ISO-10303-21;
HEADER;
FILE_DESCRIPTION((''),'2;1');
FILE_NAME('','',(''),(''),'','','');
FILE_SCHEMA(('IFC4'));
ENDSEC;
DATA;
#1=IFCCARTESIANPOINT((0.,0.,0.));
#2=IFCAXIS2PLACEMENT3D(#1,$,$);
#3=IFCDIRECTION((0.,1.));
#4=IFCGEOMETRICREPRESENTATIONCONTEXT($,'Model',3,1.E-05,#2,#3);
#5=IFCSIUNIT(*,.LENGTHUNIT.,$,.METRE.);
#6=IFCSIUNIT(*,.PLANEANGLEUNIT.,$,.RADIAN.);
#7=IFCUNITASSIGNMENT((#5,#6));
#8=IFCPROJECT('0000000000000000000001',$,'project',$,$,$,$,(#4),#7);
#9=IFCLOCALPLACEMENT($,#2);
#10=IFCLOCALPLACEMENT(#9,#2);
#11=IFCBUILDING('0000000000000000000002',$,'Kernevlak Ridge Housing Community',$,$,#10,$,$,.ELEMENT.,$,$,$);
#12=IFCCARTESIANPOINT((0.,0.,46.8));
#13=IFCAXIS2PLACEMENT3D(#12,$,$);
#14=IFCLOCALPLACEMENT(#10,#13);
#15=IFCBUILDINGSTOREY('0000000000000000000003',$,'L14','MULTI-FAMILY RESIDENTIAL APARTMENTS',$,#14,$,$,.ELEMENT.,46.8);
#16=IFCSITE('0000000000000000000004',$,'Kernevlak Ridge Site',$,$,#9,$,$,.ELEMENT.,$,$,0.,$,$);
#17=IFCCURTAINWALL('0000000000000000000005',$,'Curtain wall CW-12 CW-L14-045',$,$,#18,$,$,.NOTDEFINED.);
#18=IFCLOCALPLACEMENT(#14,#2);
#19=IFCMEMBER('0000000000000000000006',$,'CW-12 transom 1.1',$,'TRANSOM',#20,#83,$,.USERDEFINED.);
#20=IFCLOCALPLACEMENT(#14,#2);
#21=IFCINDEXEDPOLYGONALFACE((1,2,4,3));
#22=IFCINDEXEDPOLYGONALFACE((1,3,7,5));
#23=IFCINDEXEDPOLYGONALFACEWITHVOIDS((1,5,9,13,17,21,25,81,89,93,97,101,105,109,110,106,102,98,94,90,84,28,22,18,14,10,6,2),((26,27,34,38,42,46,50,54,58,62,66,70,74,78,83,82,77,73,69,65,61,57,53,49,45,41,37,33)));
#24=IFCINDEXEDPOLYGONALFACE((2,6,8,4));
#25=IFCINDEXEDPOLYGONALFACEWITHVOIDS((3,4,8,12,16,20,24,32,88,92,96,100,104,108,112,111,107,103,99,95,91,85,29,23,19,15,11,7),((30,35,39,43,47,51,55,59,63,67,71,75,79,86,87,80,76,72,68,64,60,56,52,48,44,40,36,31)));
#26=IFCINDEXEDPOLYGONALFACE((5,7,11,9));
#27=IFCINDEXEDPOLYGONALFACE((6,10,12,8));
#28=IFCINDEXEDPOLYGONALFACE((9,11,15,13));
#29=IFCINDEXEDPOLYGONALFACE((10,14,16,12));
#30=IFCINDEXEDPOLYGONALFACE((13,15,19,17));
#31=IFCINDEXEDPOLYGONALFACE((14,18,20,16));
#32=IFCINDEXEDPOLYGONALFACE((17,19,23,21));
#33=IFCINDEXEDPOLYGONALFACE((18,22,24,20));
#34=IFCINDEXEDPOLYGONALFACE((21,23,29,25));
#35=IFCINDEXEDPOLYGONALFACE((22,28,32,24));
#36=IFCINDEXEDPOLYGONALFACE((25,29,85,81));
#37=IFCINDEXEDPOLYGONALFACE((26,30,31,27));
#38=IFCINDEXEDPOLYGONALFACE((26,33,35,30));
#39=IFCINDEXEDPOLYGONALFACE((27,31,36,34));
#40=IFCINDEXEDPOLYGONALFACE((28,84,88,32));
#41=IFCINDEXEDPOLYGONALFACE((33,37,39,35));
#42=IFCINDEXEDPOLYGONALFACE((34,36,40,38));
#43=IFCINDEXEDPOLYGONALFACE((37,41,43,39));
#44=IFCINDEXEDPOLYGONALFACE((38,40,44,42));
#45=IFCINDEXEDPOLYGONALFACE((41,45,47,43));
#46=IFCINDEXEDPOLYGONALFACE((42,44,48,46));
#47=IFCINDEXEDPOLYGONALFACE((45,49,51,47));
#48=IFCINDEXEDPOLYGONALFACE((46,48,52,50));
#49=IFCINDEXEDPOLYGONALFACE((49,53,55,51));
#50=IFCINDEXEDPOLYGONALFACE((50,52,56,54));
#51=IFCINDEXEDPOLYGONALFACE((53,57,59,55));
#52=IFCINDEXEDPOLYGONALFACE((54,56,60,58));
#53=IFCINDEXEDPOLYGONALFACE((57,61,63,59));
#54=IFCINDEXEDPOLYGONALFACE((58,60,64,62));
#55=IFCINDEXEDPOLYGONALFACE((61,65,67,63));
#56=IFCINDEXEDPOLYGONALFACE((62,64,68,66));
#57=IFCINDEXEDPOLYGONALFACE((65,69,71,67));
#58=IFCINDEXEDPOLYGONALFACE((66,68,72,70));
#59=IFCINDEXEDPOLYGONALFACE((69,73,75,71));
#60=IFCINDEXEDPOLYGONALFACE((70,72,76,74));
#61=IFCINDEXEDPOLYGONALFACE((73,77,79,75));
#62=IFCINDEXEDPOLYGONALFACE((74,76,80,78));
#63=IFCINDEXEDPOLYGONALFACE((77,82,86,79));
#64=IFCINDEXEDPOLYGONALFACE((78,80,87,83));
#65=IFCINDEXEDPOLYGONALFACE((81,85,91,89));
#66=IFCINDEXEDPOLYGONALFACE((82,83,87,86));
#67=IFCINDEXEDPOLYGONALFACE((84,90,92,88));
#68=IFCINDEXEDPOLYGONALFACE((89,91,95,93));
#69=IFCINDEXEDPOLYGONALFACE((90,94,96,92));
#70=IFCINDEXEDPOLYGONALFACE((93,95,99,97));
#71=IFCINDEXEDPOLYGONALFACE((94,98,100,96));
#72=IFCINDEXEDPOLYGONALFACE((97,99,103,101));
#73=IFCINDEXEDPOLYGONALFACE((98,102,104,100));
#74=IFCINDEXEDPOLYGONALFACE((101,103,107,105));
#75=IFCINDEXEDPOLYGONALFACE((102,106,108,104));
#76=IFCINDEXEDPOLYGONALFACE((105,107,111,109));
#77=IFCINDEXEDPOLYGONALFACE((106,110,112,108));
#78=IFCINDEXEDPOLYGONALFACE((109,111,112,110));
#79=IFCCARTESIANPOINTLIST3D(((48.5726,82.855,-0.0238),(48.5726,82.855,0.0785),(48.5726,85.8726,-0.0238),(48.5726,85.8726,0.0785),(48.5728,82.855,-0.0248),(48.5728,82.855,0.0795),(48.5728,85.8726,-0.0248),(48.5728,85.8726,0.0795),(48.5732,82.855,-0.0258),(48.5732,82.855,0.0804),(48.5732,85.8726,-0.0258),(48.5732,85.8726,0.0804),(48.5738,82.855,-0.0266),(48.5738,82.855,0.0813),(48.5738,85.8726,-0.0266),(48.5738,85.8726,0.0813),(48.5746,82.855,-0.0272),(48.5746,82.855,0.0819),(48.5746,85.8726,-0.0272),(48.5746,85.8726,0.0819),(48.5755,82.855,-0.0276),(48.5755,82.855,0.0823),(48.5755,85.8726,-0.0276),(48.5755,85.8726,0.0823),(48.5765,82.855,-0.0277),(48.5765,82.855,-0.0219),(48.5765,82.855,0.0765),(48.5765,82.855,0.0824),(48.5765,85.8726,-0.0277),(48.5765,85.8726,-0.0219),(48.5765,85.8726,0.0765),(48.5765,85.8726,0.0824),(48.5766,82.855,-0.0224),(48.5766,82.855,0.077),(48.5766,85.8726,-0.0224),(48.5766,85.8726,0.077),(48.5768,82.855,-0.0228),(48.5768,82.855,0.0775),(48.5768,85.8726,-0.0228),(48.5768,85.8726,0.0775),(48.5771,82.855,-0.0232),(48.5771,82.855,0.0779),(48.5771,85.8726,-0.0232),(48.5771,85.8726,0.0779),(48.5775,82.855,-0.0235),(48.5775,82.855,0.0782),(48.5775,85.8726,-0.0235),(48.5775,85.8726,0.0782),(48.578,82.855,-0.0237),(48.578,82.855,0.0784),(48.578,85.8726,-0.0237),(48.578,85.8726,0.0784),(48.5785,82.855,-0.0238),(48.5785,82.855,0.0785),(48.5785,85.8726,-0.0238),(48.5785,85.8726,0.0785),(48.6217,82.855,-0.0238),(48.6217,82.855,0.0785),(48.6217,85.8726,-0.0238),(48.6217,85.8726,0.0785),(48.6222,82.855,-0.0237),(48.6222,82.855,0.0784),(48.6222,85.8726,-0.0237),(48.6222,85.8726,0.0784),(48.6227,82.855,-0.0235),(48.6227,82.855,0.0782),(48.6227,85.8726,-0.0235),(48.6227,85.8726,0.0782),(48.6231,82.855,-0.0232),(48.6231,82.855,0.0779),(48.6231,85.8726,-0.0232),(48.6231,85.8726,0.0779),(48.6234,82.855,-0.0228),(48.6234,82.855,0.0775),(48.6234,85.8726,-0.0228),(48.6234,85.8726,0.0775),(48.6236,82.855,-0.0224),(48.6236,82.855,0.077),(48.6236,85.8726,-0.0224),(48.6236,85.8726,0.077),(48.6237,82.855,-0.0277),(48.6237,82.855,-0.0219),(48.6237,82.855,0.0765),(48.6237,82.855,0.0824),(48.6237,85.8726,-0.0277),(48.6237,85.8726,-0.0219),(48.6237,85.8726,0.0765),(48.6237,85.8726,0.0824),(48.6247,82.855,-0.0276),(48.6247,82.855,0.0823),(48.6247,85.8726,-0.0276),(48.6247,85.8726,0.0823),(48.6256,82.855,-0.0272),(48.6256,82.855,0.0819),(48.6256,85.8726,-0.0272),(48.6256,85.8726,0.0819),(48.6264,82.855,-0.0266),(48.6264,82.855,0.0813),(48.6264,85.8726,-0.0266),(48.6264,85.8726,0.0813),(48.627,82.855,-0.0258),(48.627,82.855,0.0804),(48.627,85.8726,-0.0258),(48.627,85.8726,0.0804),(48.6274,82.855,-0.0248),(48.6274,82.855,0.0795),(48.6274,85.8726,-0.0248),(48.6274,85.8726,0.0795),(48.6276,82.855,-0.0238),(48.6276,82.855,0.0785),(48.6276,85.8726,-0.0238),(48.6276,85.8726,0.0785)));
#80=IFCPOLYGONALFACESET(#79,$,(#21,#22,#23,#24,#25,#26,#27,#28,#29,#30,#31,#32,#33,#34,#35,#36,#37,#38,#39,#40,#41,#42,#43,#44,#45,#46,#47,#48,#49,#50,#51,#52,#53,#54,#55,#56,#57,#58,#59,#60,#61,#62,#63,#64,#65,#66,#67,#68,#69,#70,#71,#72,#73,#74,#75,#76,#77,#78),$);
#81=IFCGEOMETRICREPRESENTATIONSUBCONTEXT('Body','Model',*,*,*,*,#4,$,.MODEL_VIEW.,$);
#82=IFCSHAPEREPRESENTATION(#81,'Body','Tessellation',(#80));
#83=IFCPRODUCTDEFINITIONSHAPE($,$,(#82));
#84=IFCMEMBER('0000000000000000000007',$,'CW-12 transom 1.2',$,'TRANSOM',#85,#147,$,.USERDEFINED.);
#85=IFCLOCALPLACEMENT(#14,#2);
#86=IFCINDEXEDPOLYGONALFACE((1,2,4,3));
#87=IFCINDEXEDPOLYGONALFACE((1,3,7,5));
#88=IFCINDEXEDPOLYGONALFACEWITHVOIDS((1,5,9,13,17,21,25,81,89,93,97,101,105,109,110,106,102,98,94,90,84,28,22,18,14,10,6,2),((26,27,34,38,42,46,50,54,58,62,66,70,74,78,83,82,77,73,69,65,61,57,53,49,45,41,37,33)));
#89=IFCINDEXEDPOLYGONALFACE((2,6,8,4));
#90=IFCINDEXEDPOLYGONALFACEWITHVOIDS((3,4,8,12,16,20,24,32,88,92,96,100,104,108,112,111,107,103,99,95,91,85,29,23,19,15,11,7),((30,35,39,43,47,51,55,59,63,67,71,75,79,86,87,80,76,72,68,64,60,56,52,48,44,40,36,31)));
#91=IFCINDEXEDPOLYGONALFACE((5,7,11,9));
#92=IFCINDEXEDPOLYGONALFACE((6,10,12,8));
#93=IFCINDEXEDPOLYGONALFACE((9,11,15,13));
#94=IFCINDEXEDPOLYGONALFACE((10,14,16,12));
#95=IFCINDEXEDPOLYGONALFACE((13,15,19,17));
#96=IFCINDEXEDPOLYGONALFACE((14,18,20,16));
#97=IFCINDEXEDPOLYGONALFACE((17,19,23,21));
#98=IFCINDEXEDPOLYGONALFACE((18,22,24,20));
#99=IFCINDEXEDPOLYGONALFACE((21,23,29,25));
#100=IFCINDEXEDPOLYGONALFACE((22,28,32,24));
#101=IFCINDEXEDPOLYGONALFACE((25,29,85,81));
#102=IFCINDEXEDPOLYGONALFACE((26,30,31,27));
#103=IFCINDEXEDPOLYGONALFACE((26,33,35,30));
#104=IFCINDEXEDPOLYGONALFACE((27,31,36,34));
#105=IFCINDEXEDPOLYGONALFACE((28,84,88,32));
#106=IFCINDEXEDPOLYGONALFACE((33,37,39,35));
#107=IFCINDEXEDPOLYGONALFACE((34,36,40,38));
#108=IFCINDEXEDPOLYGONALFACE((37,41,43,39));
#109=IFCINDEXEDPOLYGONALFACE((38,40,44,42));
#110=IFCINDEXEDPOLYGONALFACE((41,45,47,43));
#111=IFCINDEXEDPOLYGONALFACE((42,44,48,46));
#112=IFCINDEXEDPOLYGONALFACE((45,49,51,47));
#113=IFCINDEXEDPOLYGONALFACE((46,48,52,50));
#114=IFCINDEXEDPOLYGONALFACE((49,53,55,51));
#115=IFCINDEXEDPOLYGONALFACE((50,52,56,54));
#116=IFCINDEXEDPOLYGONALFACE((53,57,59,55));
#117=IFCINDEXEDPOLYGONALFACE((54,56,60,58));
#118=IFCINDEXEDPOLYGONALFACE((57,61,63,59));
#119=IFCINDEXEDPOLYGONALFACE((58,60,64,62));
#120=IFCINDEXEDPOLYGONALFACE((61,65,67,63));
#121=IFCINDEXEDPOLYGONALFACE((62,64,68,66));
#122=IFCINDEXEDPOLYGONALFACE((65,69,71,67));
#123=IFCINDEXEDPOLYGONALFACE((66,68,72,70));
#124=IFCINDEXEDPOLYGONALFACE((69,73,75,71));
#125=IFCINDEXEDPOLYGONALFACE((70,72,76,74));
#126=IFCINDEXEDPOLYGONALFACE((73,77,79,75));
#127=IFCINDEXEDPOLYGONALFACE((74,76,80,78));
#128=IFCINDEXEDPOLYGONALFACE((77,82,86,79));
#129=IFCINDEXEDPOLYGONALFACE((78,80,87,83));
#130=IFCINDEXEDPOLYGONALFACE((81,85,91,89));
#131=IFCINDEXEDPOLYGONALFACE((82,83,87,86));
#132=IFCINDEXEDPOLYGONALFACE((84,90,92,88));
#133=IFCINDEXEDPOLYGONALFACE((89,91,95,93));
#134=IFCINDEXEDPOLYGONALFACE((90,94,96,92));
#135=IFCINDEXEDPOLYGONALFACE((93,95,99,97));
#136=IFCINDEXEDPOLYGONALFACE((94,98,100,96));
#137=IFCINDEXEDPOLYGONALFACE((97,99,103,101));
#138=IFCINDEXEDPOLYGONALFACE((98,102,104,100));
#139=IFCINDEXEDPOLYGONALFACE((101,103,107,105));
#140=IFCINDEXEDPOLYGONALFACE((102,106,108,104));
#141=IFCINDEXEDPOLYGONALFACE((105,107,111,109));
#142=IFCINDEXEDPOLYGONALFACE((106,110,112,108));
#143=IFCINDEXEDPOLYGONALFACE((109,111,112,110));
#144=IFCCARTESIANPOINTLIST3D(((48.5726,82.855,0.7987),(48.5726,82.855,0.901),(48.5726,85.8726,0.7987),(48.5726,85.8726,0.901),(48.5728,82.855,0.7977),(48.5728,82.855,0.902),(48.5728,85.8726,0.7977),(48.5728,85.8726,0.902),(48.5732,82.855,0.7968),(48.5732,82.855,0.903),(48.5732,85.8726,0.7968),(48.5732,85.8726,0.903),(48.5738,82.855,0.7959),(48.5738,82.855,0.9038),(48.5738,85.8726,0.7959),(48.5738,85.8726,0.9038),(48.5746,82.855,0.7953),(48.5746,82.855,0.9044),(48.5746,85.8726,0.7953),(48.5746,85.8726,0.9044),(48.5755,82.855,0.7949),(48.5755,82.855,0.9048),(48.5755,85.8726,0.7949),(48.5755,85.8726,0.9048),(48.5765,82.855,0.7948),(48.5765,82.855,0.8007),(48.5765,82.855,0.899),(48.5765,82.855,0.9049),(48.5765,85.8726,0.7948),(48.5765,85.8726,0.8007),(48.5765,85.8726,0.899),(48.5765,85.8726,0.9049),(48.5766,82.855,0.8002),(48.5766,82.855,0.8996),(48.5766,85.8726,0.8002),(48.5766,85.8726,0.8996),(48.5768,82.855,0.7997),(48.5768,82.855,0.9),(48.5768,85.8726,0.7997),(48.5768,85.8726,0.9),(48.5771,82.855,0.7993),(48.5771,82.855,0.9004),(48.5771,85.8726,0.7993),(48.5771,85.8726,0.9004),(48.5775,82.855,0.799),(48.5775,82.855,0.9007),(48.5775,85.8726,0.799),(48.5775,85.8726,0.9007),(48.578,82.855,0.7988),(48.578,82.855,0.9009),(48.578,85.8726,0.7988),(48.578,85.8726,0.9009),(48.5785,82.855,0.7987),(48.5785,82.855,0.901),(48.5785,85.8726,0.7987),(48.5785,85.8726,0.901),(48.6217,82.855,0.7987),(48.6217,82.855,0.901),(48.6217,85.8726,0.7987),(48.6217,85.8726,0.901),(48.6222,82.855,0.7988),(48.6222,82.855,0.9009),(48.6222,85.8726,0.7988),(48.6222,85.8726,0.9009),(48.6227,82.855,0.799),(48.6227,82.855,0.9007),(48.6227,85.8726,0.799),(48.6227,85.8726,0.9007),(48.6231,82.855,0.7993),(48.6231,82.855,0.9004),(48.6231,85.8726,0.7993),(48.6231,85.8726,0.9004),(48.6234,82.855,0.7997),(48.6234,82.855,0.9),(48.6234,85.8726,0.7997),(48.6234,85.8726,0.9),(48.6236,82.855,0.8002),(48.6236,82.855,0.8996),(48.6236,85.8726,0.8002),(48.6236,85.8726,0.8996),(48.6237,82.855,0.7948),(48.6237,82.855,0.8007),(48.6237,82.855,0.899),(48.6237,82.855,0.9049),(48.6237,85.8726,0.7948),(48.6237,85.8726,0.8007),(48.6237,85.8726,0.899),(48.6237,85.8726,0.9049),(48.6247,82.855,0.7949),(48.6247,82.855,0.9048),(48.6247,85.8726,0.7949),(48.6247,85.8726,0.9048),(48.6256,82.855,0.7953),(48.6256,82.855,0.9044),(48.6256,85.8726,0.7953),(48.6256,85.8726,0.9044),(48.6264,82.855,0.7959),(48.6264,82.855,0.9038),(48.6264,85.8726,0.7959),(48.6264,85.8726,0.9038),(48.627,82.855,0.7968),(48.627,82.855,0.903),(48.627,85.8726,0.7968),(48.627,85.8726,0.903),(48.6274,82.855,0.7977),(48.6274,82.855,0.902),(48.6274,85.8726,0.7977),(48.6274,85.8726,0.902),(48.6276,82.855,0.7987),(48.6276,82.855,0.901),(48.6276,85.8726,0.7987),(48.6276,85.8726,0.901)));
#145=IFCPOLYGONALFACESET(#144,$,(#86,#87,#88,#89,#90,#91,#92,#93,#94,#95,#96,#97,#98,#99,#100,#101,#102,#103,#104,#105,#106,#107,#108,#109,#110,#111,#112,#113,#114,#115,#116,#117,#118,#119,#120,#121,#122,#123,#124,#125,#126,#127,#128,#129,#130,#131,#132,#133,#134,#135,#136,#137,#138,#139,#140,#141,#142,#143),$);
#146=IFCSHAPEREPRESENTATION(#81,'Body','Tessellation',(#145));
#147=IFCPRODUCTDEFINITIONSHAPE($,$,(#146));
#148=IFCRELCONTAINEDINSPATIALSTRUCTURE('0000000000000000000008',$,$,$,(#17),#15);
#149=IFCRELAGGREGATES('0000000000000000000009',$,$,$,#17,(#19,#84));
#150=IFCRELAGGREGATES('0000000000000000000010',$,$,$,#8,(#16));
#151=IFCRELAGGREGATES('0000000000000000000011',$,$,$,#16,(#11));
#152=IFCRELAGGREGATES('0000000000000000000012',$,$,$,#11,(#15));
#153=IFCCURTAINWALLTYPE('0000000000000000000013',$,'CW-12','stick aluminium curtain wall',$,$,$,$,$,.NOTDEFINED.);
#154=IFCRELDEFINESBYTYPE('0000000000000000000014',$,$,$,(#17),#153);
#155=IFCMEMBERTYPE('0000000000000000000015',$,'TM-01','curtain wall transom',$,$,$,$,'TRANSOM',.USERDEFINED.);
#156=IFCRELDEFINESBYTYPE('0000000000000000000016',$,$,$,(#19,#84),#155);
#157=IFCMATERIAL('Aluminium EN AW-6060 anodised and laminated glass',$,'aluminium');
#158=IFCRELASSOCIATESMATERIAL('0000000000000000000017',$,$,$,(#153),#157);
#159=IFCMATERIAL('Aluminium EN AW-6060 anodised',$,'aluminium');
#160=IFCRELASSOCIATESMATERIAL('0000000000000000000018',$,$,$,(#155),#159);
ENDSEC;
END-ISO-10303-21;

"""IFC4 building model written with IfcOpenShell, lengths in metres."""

from ifc_helpers import new_model, si_unit, direction, frame, origin, origin_2d, place, context, subcontext, project, spatial, hollow_rectangle, extrude, material, material_profile, profile_set, type_object, element, aggregate, save


model = new_model("IFC4")

# Units and contexts
model_context = context("Model", 3, precision=1e-05, world=origin(), true_north=direction((0.0, 1.0)))
body_context = subcontext(model_context, "Body", "Model", "MODEL_VIEW")
ifc_project = project(units=[si_unit("LENGTHUNIT", "METRE"), si_unit("PLANEANGLEUNIT", "RADIAN")], contexts=[model_context])

# Site, building, storey
site_placement = place(None, origin())
site = spatial("IfcSite", under=ifc_project, at=site_placement, Name="Kernevlak Ridge Site", CompositionType="ELEMENT", RefElevation=0.0)
building_placement = place(site_placement, origin())
building = spatial("IfcBuilding", under=site, at=building_placement, Name="Kernevlak Ridge Housing Community", CompositionType="ELEMENT")
storey_placement = place(building_placement, frame((0.0, 0.0, 46.8)))
storey = spatial("IfcBuildingStorey", under=building, at=storey_placement, Name="L14", Description="MULTI-FAMILY RESIDENTIAL APARTMENTS", CompositionType="ELEMENT", Elevation=46.8)

# Curtain wall
ifc_material_1 = material(Name="Aluminium EN AW-6060 anodised and laminated glass", Category="aluminium")
curtain_wall_type_1 = type_object("IfcCurtainWallType", Name="CW-12", Description="stick aluminium curtain wall", PredefinedType="NOTDEFINED", material=ifc_material_1)
curtain_wall_1_placement = place(storey_placement, origin())
curtain_wall_1 = element("IfcCurtainWall", 1, at=curtain_wall_1_placement, inside=storey, type_object=curtain_wall_type_1, Name="Curtain wall CW-12 CW-L14-045", PredefinedType="NOTDEFINED")
ifc_material_2 = material(Name="Aluminium EN AW-6060 anodised", Category="aluminium")

# Members
ifc_material_profile_1 = material_profile(ifc_material_2, hollow_rectangle(XDim=0.0549, YDim=0.1101, WallThickness=0.0039, InnerFilletRadius=0.002, OuterFilletRadius=0.0039, at=origin_2d()), Name="ALU 55x110x4")
ifc_profile_set_1 = profile_set([ifc_material_profile_1], Name="Aluminium EN AW-6060 anodised")
member_type_1 = type_object("IfcMemberType", Name="TM-01", Description="curtain wall transom", ElementType="TRANSOM", PredefinedType="USERDEFINED", material=ifc_profile_set_1)
member_1_placement = place(storey_placement, frame((48.6001, 82.855, 0.0273), z_axis=(0.0, 1.0, 0.0), x_axis=(-1.0, 0.0, 0.0)))
member_1 = element("IfcMember", 2, at=member_1_placement, type_object=member_type_1, Name="CW-12 transom 1.1", ObjectType="TRANSOM", PredefinedType="USERDEFINED", context=body_context, shape_type="SweptSolid", body=[
    extrude(hollow_rectangle(XDim=0.0549, YDim=0.1101, WallThickness=0.0039, InnerFilletRadius=0.002, OuterFilletRadius=0.0039, at=origin_2d()), origin(), (0.0, 0.0, 1.0), 3.0176),
])
member_2_placement = place(storey_placement, frame((48.6001, 82.855, 0.8499), z_axis=(0.0, 1.0, 0.0), x_axis=(-1.0, 0.0, 0.0)))
member_2 = element("IfcMember", 3, at=member_2_placement, type_object=member_type_1, Name="CW-12 transom 1.2", ObjectType="TRANSOM", PredefinedType="USERDEFINED", context=body_context, shape_type="SweptSolid", body=[
    extrude(hollow_rectangle(XDim=0.0549, YDim=0.1101, WallThickness=0.0039, InnerFilletRadius=0.002, OuterFilletRadius=0.0039, at=origin_2d()), origin(), (0.0, 0.0, 1.0), 3.0176),
])

aggregate(curtain_wall_1, [member_1, member_2])

save(model, "model.ifc")
